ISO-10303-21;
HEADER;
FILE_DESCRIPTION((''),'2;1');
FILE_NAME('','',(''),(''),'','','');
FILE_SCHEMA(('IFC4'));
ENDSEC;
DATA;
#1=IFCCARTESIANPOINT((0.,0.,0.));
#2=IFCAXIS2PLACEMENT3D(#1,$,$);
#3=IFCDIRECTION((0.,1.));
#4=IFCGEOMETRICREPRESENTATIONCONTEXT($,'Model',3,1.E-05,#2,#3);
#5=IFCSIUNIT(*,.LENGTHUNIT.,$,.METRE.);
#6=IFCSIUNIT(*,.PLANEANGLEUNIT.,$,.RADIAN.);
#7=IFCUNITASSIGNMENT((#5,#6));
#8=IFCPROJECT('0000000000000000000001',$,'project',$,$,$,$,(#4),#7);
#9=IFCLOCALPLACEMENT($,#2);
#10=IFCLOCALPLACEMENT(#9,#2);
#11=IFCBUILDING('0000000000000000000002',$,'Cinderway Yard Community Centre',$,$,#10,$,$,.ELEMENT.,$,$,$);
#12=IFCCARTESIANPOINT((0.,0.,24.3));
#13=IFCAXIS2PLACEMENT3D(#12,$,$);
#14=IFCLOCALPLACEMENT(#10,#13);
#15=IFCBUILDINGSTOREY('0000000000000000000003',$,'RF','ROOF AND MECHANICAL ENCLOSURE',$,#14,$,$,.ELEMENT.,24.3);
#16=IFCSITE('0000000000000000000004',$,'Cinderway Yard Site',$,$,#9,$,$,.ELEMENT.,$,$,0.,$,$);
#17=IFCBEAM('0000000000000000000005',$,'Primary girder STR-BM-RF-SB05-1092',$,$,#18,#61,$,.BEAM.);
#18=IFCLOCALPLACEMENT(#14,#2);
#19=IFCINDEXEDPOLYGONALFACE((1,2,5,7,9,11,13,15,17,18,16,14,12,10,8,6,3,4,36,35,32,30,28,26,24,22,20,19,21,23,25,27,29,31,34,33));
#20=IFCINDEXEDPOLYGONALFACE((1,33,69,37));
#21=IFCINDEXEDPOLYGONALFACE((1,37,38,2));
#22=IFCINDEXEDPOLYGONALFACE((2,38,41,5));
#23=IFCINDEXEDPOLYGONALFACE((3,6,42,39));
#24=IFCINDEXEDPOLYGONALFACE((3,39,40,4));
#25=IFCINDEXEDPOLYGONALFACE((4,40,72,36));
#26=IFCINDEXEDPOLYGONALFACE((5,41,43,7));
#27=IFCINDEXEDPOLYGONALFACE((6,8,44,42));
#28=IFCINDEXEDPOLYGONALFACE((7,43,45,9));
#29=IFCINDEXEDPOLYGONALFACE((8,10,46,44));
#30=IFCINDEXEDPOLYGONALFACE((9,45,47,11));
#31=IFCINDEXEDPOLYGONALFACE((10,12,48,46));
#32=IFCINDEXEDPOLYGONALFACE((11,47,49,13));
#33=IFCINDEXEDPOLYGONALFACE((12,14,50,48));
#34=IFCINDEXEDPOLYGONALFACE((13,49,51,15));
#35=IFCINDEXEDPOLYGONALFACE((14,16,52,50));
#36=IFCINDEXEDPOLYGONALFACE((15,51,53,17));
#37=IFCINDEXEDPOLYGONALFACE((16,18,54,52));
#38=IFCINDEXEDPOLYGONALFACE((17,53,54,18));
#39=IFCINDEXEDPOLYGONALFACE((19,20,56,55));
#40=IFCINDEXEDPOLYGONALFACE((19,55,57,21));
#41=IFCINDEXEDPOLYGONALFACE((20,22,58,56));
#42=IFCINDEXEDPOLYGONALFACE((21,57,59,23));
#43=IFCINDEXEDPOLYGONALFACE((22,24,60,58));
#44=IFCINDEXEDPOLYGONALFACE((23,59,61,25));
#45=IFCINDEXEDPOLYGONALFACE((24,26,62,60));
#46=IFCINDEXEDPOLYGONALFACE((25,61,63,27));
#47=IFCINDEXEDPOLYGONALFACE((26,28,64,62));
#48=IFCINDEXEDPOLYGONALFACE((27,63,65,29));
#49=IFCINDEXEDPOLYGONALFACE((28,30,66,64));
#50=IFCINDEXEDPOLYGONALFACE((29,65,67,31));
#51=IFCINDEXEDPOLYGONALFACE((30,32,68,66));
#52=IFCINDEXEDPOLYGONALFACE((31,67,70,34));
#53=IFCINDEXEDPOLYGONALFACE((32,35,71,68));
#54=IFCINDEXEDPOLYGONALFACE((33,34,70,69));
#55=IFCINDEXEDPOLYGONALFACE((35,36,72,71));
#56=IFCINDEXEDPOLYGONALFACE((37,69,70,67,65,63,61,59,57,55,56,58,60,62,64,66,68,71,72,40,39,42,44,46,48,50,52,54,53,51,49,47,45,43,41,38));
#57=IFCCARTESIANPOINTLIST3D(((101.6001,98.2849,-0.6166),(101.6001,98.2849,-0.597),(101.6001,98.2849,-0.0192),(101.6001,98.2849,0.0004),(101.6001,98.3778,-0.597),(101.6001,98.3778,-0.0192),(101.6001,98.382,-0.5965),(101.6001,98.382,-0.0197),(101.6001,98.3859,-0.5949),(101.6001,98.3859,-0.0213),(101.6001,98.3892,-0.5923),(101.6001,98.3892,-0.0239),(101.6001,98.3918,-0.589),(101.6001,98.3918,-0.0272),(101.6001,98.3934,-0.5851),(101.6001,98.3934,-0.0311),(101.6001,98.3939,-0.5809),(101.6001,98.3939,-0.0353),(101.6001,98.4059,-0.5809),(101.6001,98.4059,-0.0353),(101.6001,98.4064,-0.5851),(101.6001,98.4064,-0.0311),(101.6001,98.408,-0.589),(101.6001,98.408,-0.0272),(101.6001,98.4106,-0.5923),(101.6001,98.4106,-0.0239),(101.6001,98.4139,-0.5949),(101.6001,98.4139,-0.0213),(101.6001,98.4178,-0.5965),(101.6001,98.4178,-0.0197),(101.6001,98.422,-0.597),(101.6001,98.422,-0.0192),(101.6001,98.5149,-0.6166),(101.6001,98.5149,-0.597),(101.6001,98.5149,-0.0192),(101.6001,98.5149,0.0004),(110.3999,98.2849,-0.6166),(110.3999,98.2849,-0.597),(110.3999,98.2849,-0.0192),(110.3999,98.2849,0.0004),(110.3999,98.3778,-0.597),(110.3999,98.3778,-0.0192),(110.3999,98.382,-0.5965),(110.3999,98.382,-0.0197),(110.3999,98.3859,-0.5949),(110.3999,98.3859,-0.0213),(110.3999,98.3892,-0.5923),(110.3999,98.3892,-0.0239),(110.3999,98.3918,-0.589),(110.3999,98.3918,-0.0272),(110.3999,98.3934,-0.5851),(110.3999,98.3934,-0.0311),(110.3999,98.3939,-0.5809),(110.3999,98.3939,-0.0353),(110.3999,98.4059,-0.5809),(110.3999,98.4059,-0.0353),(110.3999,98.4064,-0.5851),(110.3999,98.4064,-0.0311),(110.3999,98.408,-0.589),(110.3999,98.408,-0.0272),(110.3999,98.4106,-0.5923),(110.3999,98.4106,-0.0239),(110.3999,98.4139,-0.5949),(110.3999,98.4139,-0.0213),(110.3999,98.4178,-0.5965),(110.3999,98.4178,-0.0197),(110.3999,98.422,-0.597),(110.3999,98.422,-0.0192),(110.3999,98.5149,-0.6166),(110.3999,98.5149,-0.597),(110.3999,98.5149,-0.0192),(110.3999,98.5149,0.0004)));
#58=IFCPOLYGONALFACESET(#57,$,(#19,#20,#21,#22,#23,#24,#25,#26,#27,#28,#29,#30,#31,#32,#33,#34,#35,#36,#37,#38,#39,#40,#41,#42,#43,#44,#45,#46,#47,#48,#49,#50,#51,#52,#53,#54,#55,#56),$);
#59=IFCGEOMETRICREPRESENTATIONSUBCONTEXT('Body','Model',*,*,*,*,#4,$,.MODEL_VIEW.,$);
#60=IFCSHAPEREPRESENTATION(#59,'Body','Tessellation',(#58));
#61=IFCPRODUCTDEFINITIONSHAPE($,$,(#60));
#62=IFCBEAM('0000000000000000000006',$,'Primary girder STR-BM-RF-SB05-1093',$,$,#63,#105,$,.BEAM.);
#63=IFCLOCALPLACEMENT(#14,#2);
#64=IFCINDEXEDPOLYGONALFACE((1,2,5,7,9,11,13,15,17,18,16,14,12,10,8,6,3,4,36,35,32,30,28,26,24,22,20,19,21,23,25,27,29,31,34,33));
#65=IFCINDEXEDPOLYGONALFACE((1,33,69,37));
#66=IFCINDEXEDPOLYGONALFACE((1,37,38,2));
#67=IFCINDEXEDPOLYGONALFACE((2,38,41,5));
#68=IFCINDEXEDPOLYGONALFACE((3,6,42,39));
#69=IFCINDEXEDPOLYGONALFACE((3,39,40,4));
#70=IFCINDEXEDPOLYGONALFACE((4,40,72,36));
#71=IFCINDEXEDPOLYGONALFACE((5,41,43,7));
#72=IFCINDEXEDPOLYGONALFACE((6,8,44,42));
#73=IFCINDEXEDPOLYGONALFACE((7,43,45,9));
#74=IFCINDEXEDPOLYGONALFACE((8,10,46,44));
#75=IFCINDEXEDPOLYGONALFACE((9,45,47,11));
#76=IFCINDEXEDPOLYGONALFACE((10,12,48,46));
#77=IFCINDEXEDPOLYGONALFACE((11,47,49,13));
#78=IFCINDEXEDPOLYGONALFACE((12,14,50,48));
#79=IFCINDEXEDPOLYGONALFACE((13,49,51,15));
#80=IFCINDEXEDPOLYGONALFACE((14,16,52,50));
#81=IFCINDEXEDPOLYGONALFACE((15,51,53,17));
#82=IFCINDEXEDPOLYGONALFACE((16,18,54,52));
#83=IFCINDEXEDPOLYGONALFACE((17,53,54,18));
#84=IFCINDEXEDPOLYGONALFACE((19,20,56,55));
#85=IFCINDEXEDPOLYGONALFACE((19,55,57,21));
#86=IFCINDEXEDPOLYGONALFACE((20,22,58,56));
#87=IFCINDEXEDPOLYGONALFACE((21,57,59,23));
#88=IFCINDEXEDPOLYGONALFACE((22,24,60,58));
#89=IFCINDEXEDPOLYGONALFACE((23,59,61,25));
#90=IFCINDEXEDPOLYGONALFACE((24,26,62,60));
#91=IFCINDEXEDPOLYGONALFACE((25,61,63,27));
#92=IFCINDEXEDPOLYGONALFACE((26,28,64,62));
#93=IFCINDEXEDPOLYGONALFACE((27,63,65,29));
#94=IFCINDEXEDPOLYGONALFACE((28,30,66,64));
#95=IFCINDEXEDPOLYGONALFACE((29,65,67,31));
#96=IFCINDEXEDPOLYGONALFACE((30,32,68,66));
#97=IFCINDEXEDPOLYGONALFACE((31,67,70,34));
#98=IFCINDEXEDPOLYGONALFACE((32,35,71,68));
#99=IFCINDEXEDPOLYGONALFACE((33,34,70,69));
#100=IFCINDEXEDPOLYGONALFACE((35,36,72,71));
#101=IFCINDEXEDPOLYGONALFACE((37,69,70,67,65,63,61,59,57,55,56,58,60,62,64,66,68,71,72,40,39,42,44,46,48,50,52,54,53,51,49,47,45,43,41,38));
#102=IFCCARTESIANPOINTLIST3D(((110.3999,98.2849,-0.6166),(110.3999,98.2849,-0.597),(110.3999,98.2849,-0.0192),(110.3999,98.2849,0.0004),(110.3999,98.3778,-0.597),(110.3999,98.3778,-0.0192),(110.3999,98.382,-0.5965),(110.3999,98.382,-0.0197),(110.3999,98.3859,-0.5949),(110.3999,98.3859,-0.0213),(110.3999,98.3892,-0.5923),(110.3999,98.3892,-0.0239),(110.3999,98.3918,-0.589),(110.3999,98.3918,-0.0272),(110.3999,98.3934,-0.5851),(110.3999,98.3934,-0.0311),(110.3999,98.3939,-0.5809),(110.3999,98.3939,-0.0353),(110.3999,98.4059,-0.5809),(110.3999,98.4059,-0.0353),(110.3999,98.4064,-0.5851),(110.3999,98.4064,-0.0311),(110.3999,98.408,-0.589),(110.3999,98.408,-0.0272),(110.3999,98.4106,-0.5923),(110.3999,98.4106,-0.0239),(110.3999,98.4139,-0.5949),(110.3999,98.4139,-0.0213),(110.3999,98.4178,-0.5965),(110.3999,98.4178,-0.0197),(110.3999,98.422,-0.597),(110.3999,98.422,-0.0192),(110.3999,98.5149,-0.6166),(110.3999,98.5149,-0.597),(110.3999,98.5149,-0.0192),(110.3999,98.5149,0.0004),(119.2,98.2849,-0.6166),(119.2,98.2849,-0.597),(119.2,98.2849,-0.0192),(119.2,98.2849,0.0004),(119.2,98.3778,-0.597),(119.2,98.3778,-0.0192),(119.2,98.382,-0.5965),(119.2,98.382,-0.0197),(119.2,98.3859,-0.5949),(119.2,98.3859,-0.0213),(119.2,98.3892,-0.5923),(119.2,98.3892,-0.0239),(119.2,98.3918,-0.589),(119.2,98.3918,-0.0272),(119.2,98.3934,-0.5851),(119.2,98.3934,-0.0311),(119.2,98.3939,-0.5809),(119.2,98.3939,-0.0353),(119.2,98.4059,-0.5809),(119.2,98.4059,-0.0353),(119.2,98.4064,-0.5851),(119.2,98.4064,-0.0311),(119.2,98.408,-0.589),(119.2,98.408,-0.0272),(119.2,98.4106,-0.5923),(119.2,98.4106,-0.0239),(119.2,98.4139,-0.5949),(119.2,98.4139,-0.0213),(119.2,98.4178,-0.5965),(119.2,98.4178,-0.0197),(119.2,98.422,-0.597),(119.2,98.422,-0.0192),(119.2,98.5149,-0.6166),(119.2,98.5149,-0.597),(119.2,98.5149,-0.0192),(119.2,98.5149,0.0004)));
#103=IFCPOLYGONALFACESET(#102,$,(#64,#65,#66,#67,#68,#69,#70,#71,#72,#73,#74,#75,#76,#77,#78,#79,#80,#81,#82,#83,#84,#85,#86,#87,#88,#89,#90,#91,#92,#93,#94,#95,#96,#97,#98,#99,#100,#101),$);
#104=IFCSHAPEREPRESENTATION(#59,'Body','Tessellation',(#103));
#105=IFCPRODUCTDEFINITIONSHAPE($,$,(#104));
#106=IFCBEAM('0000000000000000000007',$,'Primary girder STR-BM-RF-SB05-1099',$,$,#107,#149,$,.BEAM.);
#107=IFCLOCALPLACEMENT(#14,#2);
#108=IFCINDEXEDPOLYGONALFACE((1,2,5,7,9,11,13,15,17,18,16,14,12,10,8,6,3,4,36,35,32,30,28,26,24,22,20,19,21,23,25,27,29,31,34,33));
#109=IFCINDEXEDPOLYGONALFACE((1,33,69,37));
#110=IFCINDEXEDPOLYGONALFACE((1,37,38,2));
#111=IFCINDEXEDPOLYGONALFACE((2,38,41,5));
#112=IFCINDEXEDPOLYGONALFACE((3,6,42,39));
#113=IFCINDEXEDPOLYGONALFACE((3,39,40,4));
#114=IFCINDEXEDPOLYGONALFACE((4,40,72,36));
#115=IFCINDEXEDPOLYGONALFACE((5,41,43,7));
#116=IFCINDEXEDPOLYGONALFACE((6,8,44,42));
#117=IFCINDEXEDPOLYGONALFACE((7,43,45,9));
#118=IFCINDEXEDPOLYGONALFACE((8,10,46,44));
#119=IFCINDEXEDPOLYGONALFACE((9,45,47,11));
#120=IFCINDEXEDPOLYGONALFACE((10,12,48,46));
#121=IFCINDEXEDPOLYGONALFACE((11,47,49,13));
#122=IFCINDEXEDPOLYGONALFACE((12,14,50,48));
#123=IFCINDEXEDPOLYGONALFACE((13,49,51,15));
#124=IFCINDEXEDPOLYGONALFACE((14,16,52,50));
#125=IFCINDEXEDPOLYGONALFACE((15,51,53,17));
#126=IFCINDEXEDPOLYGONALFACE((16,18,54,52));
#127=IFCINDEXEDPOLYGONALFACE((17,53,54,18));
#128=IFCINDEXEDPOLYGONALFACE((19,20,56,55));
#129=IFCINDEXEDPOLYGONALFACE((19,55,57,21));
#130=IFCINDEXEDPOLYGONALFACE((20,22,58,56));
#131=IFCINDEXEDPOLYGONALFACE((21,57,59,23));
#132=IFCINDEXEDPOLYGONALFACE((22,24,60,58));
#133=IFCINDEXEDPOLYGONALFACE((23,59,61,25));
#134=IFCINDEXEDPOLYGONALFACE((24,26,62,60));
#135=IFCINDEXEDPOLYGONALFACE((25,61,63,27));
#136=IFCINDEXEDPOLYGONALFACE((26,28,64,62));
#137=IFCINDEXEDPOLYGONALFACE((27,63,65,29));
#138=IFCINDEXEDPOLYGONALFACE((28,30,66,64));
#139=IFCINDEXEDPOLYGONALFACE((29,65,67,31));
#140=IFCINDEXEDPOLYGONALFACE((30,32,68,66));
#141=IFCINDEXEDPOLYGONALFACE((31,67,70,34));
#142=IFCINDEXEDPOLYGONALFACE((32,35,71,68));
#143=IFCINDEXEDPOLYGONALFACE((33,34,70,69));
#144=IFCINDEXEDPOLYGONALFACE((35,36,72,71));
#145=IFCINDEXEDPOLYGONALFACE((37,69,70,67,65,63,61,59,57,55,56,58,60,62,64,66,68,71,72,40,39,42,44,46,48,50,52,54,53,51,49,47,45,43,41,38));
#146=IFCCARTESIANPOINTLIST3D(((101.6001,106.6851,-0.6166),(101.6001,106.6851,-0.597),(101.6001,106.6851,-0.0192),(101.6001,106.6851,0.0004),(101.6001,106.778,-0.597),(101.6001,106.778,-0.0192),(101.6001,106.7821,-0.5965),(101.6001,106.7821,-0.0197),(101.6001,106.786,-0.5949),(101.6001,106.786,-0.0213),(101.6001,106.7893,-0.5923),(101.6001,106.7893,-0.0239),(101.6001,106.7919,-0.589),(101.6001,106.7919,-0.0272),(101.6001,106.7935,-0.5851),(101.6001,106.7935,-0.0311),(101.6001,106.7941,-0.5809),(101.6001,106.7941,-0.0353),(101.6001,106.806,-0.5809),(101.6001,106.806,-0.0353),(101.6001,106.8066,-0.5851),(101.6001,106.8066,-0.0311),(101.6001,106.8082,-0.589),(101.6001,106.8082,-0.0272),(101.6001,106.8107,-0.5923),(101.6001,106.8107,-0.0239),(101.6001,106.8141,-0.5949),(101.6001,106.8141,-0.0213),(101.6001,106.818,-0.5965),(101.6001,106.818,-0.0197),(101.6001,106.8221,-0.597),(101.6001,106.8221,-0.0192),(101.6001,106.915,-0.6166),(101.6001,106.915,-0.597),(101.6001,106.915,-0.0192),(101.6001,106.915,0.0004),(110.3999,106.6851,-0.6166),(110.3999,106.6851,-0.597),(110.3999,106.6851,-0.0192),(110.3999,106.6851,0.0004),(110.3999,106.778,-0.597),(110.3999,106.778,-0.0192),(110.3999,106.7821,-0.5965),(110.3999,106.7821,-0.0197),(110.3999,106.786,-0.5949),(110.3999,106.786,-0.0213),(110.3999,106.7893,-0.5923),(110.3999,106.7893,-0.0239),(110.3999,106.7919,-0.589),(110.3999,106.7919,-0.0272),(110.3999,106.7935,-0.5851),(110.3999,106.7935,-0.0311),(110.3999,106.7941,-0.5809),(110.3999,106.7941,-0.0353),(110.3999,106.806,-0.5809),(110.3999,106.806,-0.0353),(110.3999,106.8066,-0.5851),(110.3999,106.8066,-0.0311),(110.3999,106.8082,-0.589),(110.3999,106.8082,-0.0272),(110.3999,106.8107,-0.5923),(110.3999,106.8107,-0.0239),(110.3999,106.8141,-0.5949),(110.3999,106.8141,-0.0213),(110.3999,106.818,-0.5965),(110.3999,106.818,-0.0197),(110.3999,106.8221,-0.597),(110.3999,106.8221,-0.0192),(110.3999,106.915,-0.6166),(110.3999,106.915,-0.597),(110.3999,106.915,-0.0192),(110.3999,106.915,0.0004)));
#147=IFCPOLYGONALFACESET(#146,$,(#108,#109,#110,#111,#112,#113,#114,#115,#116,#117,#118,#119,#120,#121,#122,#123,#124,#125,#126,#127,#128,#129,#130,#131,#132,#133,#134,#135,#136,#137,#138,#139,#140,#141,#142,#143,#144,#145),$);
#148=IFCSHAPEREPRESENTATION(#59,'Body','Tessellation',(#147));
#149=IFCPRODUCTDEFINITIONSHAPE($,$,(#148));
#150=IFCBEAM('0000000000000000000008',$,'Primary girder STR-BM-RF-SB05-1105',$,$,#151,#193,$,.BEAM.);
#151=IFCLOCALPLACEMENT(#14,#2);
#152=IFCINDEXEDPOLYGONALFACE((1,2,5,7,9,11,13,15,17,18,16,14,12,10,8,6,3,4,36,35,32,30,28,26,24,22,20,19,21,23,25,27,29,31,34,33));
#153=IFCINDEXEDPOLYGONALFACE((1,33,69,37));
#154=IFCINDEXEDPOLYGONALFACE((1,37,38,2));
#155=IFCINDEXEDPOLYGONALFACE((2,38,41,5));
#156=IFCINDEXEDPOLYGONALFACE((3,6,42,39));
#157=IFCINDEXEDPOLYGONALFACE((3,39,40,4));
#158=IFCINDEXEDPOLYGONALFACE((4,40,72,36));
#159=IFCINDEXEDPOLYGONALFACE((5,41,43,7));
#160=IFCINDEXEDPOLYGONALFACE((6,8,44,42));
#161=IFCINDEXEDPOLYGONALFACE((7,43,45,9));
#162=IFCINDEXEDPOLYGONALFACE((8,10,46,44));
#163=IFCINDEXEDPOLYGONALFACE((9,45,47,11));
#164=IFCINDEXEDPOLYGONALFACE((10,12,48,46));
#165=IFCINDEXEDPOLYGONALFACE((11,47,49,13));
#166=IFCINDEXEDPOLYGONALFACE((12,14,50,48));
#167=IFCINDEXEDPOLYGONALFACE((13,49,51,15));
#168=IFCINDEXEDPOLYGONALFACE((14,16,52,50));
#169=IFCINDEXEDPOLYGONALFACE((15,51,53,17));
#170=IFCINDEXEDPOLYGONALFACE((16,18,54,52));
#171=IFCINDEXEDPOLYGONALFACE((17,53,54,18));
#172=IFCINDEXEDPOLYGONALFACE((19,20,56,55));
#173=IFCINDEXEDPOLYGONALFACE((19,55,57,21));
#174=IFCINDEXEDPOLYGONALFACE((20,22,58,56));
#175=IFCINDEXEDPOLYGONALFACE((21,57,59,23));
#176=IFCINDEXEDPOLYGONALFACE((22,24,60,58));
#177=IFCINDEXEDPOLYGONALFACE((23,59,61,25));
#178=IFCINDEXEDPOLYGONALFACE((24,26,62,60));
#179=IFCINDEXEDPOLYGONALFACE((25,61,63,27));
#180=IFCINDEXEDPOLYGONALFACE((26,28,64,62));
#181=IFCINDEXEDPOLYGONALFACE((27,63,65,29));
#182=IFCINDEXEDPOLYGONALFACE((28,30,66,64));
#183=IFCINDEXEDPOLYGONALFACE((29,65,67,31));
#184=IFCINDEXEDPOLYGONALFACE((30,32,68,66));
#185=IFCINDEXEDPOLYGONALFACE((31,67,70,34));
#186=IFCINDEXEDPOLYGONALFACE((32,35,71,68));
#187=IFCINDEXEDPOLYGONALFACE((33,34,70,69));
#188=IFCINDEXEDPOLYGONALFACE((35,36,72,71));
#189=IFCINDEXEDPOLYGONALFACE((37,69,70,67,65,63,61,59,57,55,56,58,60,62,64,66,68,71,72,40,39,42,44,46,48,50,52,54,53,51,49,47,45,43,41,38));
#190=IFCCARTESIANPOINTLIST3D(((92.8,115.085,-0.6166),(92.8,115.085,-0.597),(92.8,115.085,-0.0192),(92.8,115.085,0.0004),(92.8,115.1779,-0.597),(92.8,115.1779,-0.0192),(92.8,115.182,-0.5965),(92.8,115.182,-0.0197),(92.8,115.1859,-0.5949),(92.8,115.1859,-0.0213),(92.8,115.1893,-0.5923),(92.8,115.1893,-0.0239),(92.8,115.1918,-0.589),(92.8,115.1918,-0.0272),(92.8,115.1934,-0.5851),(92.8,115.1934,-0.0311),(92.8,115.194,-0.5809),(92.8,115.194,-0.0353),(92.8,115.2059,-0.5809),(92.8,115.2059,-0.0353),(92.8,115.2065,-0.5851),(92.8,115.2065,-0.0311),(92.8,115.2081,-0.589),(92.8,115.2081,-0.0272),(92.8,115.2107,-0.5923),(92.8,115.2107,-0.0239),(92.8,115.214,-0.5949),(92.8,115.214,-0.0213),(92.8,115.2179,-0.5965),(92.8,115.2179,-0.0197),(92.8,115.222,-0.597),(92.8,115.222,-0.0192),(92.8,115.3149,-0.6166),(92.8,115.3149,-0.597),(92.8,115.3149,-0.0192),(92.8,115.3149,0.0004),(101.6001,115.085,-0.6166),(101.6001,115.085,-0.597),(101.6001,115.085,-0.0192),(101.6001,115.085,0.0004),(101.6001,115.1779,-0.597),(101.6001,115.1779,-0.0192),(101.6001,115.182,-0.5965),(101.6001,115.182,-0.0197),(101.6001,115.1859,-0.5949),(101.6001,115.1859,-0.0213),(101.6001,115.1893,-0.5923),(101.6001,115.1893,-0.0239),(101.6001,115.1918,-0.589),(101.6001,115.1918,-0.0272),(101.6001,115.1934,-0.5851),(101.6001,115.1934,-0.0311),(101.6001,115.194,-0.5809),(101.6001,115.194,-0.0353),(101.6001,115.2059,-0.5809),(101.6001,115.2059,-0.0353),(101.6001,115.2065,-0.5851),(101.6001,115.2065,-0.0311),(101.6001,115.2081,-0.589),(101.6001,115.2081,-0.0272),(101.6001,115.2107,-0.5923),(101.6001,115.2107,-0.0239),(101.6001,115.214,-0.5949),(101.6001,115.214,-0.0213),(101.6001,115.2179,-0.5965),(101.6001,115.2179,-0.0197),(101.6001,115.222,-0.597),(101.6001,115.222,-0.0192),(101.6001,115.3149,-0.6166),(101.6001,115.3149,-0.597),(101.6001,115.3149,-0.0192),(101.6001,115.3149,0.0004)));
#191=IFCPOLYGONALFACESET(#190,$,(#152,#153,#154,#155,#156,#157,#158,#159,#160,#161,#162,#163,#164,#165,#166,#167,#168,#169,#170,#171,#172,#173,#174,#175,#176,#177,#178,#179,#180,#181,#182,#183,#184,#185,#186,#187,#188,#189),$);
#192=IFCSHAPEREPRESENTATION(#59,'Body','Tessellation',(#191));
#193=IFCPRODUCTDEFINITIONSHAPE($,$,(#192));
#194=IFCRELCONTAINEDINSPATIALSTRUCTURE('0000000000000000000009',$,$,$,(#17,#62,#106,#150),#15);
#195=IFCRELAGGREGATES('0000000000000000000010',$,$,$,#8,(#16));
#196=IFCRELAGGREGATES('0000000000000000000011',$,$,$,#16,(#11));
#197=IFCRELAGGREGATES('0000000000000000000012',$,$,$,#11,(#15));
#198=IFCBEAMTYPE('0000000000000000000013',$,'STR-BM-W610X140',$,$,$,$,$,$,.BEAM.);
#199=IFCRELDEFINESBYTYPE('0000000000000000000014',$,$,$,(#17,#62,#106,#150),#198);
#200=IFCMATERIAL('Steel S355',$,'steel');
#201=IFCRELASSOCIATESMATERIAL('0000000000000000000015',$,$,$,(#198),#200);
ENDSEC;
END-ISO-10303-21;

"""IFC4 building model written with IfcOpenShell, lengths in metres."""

from ifc_helpers import new_model, si_unit, direction, frame, origin, origin_2d, place, context, subcontext, project, spatial, i_section, extrude, material, material_profile, profile_set, type_object, element, save


model = new_model("IFC4")

# Units and contexts
model_context = context("Model", 3, precision=1e-05, world=origin(), true_north=direction((0.0, 1.0)))
body_context = subcontext(model_context, "Body", "Model", "MODEL_VIEW")
ifc_project = project(units=[si_unit("LENGTHUNIT", "METRE"), si_unit("PLANEANGLEUNIT", "RADIAN")], contexts=[model_context])

# Site, building, storey
site_placement = place(None, origin())
site = spatial("IfcSite", under=ifc_project, at=site_placement, Name="Cinderway Yard Site", CompositionType="ELEMENT", RefElevation=0.0)
building_placement = place(site_placement, origin())
building = spatial("IfcBuilding", under=site, at=building_placement, Name="Cinderway Yard Community Centre", CompositionType="ELEMENT")
storey_placement = place(building_placement, frame((0.0, 0.0, 24.3)))
storey = spatial("IfcBuildingStorey", under=building, at=storey_placement, Name="RF", Description="ROOF AND MECHANICAL ENCLOSURE", CompositionType="ELEMENT", Elevation=24.3)

# Shared definitions
ifc_material = material(Name="Steel S355", Category="steel")

# Beams
ifc_material_profile_1 = material_profile(ifc_material, i_section(OverallWidth=0.23, OverallDepth=0.6169, WebThickness=0.012, FlangeThickness=0.0195, FilletRadius=0.0161, at=origin_2d()), Name="Steel S355")
ifc_profile_set_1 = profile_set([ifc_material_profile_1], Name="Steel S355")
beam_type_1 = type_object("IfcBeamType", Name="STR-BM-W610X140", PredefinedType="BEAM", material=ifc_profile_set_1)
beam_1_placement = place(storey_placement, frame((101.6001, 98.3999, -0.3081), z_axis=(1.0, 0.0, 0.0), x_axis=(0.0, 1.0, 0.0)))
element("IfcBeam", 1, at=beam_1_placement, inside=storey, type_object=beam_type_1, Name="Primary girder STR-BM-RF-SB05-1092", PredefinedType="BEAM", context=body_context, shape_type="SweptSolid", body=[
    extrude(i_section(OverallWidth=0.23, OverallDepth=0.6169, WebThickness=0.012, FlangeThickness=0.0195, FilletRadius=0.0161, at=origin_2d()), origin(), (0.0, 0.0, 1.0), 8.7998),
])
beam_2_placement = place(storey_placement, frame((110.3999, 98.3999, -0.3081), z_axis=(1.0, 0.0, 0.0), x_axis=(0.0, 1.0, 0.0)))
element("IfcBeam", 2, at=beam_2_placement, inside=storey, type_object=beam_type_1, Name="Primary girder STR-BM-RF-SB05-1093", PredefinedType="BEAM", context=body_context, shape_type="SweptSolid", body=[
    extrude(i_section(OverallWidth=0.23, OverallDepth=0.6169, WebThickness=0.012, FlangeThickness=0.0195, FilletRadius=0.0161, at=origin_2d()), origin(), (0.0, 0.0, 1.0), 8.8),
])
beam_3_placement = place(storey_placement, frame((101.6001, 106.8, -0.3081), z_axis=(1.0, 0.0, 0.0), x_axis=(0.0, 1.0, 0.0)))
element("IfcBeam", 3, at=beam_3_placement, inside=storey, type_object=beam_type_1, Name="Primary girder STR-BM-RF-SB05-1099", PredefinedType="BEAM", context=body_context, shape_type="SweptSolid", body=[
    extrude(i_section(OverallWidth=0.23, OverallDepth=0.6169, WebThickness=0.012, FlangeThickness=0.0195, FilletRadius=0.0161, at=origin_2d()), origin(), (0.0, 0.0, 1.0), 8.7998),
])
beam_4_placement = place(storey_placement, frame((92.8, 115.2, -0.3081), z_axis=(1.0, 0.0, 0.0), x_axis=(0.0, 1.0, 0.0)))
element("IfcBeam", 4, at=beam_4_placement, inside=storey, type_object=beam_type_1, Name="Primary girder STR-BM-RF-SB05-1105", PredefinedType="BEAM", context=body_context, shape_type="SweptSolid", body=[
    extrude(i_section(OverallWidth=0.23, OverallDepth=0.6169, WebThickness=0.012, FlangeThickness=0.0195, FilletRadius=0.0161, at=origin_2d()), origin(), (0.0, 0.0, 1.0), 8.8),
])

save(model, "model.ifc")
